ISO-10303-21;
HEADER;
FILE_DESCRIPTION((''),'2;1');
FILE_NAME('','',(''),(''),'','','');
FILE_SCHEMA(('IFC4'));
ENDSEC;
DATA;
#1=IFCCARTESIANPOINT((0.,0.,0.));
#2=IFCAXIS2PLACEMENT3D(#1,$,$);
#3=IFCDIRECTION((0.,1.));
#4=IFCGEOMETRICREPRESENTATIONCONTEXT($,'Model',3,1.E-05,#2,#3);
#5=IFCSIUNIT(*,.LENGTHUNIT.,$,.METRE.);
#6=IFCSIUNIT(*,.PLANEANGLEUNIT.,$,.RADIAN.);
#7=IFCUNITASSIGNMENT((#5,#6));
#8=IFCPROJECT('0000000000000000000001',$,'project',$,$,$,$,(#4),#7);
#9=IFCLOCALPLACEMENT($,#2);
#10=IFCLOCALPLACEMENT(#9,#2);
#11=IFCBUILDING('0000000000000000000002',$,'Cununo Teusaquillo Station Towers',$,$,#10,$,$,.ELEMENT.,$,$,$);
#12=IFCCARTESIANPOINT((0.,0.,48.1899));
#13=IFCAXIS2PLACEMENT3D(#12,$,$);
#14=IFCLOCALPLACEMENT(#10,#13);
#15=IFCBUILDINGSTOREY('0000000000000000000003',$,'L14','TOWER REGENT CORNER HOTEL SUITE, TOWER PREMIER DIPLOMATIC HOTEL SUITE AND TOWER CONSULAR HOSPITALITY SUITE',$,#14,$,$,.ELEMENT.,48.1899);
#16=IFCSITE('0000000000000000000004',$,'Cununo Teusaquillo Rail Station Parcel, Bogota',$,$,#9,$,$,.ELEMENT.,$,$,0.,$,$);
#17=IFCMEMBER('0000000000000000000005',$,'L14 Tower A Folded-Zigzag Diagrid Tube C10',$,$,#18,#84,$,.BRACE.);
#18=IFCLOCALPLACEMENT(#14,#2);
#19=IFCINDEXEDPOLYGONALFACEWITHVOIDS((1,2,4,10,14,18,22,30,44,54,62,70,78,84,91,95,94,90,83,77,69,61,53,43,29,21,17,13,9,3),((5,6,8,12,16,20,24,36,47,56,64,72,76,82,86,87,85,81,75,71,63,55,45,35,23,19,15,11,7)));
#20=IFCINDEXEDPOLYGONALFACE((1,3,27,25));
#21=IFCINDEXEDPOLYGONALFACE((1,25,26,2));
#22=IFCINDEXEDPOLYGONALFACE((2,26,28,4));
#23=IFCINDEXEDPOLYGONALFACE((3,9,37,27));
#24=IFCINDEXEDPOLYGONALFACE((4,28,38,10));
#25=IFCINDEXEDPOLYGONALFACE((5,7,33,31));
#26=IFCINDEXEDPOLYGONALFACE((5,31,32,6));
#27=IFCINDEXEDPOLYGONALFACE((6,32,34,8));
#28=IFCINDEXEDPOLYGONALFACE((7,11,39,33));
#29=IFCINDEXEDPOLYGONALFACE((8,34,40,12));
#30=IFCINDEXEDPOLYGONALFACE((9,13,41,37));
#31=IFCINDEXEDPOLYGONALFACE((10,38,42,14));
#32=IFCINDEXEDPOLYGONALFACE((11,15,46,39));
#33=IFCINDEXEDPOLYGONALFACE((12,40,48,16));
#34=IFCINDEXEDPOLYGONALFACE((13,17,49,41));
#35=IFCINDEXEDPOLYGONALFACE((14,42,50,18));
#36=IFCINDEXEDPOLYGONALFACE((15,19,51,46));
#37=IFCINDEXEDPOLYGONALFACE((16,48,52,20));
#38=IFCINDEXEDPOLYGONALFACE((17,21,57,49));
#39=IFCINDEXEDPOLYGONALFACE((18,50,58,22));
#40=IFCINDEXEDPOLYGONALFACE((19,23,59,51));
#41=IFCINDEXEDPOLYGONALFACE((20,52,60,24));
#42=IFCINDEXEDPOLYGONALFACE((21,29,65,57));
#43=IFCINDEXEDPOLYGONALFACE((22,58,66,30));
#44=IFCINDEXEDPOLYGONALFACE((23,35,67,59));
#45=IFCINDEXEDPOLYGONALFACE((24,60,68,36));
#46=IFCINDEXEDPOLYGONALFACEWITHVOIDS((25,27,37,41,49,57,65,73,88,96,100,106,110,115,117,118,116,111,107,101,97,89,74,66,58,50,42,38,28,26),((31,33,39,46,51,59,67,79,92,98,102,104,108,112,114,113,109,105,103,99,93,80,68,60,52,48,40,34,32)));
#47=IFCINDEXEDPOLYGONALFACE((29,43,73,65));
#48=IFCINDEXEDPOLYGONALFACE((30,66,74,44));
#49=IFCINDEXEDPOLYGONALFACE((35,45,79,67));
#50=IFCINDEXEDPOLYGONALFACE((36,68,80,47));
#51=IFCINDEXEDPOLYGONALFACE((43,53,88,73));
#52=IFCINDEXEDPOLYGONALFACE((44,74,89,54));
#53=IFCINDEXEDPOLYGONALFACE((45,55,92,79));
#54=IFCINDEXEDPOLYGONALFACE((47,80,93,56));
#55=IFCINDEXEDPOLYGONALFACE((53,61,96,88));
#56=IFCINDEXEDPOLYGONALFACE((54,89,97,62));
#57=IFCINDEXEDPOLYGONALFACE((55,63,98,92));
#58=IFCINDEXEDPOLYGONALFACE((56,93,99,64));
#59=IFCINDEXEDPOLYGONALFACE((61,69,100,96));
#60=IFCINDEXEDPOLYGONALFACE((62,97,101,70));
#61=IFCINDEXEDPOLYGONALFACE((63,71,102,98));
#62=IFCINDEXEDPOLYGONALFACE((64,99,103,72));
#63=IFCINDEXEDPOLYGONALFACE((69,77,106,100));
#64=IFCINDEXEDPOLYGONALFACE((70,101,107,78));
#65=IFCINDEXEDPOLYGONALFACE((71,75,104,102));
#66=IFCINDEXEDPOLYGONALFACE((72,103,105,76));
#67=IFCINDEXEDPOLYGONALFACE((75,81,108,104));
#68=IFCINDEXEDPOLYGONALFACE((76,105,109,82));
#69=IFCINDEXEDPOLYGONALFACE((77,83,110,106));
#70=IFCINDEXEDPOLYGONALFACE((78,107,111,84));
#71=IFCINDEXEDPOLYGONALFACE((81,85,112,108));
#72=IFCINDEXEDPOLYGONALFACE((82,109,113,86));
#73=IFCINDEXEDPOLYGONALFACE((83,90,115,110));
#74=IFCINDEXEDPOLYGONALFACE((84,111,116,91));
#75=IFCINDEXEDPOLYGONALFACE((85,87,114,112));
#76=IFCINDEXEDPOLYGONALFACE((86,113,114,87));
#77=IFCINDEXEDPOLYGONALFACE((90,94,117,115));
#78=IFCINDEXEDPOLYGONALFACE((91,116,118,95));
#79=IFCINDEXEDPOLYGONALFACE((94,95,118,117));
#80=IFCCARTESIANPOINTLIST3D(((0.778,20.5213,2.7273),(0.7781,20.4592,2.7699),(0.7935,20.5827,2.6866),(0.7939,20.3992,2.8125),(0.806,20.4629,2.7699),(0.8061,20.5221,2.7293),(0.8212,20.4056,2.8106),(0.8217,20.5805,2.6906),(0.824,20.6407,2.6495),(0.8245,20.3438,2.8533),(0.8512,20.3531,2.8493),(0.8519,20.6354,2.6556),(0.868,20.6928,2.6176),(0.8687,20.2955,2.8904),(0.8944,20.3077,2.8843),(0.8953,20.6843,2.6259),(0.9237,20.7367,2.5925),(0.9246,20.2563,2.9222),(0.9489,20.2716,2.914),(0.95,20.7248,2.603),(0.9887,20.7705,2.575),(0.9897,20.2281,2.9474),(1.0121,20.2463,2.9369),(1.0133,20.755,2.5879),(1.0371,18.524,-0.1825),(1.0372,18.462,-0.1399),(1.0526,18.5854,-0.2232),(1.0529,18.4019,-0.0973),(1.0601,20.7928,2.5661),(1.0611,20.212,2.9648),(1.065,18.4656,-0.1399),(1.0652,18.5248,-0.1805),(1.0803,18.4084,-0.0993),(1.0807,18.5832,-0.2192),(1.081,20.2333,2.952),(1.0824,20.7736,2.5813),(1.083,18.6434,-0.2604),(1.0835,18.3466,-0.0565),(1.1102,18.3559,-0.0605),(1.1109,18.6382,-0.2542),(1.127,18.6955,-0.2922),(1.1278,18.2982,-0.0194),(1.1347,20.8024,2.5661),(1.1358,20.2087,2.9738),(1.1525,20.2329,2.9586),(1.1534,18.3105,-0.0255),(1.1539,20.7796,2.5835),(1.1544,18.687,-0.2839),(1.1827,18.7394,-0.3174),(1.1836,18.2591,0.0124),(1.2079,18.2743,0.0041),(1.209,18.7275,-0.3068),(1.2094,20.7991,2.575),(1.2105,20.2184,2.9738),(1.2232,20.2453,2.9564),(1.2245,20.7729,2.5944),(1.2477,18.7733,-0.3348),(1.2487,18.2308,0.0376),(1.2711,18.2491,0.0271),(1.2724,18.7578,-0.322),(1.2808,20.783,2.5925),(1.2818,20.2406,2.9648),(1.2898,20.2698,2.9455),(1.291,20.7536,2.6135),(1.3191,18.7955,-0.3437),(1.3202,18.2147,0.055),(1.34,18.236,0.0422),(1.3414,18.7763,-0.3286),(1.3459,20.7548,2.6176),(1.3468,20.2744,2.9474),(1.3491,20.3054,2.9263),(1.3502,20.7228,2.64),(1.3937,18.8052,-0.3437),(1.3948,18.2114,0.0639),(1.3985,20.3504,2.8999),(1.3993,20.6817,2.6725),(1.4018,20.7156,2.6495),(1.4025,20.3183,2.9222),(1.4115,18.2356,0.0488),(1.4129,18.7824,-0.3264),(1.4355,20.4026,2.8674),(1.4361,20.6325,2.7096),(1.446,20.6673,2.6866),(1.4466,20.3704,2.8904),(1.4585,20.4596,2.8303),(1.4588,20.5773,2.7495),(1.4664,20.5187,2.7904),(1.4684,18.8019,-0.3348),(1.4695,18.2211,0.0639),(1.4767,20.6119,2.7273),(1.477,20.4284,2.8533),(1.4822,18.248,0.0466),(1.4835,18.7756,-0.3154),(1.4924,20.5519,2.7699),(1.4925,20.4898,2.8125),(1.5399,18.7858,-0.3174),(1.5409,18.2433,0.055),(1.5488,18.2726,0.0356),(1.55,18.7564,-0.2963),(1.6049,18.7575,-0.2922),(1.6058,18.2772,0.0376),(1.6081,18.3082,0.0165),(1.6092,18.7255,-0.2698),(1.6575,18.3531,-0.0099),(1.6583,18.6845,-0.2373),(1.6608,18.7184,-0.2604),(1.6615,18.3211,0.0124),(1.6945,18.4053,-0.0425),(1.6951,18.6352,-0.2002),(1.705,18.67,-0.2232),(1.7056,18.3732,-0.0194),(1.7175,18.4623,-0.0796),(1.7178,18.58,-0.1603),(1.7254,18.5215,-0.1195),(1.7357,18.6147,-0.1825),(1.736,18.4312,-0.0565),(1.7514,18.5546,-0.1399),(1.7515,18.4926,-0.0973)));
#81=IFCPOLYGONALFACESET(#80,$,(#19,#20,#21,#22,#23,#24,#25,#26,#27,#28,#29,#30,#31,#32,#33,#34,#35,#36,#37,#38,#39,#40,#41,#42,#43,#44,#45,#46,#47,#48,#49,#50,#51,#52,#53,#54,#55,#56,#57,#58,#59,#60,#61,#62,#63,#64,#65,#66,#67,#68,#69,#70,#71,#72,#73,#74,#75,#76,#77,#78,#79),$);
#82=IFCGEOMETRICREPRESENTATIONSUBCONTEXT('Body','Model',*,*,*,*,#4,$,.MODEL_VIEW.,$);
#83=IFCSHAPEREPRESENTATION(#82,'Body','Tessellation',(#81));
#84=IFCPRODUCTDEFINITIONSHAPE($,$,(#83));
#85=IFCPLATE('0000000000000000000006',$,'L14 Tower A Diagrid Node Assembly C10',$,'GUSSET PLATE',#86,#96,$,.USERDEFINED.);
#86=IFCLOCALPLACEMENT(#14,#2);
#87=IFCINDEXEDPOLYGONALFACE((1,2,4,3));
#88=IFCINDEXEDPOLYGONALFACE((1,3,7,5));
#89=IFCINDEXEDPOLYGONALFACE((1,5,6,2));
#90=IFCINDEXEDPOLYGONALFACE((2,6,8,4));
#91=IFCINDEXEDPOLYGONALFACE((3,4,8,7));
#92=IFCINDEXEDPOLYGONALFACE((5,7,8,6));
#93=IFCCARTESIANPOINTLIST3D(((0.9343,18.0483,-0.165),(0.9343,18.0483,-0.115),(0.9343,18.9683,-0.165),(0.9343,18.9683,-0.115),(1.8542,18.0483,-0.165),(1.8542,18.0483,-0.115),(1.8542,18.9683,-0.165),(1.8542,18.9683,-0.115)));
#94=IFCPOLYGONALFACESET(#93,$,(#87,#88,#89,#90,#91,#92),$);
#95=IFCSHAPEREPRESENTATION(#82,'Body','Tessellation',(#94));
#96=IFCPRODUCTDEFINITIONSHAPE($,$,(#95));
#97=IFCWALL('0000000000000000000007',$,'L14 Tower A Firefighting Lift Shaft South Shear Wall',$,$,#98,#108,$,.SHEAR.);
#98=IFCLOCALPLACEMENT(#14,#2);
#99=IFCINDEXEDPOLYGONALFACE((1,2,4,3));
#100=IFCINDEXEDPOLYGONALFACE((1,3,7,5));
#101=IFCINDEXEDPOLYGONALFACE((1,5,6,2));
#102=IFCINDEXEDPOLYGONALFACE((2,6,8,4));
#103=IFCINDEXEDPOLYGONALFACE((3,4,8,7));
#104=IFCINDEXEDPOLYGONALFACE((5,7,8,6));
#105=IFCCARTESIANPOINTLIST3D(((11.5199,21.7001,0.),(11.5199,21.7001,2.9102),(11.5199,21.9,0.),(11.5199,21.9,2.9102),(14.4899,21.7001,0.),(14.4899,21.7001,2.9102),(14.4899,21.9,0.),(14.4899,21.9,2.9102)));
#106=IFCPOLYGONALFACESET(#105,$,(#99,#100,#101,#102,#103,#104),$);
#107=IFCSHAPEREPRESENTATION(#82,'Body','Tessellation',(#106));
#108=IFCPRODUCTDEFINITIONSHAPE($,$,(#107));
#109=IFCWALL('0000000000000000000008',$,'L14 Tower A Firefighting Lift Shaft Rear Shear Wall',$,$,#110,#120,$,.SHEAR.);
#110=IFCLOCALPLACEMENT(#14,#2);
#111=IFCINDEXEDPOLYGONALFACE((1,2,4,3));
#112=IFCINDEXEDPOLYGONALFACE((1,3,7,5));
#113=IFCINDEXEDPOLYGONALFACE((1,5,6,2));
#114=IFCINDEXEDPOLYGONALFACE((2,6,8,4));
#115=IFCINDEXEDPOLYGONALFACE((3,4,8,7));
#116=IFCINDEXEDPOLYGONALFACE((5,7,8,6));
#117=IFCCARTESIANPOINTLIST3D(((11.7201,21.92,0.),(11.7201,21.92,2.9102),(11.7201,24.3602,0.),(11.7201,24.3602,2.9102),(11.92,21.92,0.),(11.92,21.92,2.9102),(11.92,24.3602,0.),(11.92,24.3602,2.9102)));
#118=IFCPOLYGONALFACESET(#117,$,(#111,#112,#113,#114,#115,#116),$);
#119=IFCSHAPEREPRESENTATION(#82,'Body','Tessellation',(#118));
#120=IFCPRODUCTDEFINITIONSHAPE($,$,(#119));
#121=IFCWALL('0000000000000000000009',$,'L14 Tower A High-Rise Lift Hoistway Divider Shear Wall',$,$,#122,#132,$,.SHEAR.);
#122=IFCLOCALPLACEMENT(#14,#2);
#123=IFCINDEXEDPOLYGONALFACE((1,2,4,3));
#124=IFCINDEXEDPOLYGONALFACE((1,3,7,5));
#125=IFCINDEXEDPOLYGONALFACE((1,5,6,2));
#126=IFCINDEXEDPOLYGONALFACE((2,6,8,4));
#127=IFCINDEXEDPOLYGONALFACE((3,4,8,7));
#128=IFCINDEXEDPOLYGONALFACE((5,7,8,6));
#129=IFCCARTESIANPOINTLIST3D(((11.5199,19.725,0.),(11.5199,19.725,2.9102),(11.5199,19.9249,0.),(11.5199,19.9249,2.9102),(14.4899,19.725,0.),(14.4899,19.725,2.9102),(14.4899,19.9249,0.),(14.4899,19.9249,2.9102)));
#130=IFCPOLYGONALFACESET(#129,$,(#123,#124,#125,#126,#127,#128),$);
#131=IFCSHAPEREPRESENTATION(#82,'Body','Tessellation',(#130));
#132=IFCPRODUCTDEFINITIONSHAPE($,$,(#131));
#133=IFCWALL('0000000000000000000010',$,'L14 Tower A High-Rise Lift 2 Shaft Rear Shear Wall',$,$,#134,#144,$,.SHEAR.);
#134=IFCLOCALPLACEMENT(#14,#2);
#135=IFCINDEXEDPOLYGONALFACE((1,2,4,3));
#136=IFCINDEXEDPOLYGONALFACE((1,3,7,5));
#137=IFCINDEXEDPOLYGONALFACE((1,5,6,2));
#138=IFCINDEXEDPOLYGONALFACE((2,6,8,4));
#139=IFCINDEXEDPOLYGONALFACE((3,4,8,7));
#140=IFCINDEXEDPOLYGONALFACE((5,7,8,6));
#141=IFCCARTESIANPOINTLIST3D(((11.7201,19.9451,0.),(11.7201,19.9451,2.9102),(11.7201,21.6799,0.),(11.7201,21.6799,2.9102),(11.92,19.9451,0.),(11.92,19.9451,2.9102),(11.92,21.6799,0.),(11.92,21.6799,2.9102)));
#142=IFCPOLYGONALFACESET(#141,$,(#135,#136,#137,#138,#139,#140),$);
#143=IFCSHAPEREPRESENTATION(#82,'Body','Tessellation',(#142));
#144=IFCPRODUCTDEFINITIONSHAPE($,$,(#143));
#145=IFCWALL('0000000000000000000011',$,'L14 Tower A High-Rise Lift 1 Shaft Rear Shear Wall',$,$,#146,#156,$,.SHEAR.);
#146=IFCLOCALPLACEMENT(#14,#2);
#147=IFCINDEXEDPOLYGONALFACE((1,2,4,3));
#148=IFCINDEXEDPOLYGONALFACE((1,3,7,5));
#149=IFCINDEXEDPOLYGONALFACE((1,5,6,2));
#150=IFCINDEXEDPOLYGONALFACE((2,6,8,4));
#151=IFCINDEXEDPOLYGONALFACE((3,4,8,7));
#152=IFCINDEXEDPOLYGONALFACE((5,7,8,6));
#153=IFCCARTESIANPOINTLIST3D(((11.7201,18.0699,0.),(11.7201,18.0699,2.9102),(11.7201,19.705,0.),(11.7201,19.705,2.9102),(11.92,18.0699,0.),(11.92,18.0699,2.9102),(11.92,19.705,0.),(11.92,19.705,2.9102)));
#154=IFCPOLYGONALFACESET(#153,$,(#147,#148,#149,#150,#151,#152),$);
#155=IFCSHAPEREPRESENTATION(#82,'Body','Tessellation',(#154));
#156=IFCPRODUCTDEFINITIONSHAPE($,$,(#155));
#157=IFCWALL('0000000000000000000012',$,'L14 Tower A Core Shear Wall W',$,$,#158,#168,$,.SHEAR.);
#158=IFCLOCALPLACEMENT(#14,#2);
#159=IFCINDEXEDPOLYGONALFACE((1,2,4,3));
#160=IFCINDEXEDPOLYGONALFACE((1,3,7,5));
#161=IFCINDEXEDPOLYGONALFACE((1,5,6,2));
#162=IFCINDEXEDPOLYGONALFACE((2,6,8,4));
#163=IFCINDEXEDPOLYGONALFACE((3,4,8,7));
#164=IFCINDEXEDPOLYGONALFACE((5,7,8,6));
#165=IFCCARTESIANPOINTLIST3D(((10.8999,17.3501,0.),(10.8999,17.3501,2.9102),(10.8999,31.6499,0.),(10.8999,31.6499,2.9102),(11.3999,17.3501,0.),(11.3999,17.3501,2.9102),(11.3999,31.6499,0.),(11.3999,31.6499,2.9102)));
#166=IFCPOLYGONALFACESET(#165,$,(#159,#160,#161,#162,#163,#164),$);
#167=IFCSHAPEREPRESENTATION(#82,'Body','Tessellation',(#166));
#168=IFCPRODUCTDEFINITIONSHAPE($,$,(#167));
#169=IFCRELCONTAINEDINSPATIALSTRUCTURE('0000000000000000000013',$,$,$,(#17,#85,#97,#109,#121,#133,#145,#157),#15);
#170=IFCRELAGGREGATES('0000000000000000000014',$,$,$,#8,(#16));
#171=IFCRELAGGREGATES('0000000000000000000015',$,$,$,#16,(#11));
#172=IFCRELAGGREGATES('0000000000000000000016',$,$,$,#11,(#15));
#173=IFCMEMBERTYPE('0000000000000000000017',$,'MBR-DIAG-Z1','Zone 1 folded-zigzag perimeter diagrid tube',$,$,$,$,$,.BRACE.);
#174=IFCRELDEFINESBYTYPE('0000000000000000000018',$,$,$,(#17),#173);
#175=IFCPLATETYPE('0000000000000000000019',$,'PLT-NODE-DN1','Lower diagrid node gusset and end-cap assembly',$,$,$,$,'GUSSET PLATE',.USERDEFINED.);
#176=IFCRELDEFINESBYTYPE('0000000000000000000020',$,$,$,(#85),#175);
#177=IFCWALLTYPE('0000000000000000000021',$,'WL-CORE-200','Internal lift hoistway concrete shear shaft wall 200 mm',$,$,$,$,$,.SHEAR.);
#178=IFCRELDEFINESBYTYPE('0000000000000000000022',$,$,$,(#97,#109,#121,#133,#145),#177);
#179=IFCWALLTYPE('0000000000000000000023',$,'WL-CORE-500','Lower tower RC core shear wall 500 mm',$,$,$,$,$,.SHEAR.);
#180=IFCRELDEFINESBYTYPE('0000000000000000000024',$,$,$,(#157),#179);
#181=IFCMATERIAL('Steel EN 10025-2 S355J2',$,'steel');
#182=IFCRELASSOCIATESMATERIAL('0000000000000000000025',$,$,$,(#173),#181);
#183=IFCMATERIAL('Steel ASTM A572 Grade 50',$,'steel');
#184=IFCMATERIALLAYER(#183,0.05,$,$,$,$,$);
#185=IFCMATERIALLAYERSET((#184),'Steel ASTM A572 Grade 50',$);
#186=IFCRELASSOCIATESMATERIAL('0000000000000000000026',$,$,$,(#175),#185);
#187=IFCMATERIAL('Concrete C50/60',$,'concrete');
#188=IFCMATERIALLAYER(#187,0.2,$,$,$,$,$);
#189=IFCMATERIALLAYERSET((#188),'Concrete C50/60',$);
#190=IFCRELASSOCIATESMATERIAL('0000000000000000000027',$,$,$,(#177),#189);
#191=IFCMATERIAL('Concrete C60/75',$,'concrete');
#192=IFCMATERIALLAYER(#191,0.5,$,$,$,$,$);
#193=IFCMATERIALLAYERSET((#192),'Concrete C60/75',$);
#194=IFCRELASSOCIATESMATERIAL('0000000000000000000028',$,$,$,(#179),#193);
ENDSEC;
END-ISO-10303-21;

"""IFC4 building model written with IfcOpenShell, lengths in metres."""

from ifc_helpers import new_model, si_unit, direction, frame, frame_2d, origin, origin_2d, place, context, subcontext, project, spatial, rectangle, hollow_circle, extrude, source, transform, mapped, material, layer, layer_set, material_profile, profile_set, type_object, element, save


model = new_model("IFC4")

# Units and contexts
model_context = context("Model", 3, precision=1e-05, world=origin(), true_north=direction((0.0, 1.0)))
body_context = subcontext(model_context, "Body", "Model", "MODEL_VIEW")
ifc_project = project(units=[si_unit("LENGTHUNIT", "METRE"), si_unit("PLANEANGLEUNIT", "RADIAN")], contexts=[model_context])

# Site, building, storey
site_placement = place(None, origin())
site = spatial("IfcSite", under=ifc_project, at=site_placement, Name="Cununo Teusaquillo Rail Station Parcel, Bogota", CompositionType="ELEMENT", RefElevation=0.0)
building_placement = place(site_placement, origin())
building = spatial("IfcBuilding", under=site, at=building_placement, Name="Cununo Teusaquillo Station Towers", CompositionType="ELEMENT")
storey_placement = place(building_placement, frame((0.0, 0.0, 48.1899)))
storey = spatial("IfcBuildingStorey", under=building, at=storey_placement, Name="L14", Description="TOWER REGENT CORNER HOTEL SUITE, TOWER PREMIER DIPLOMATIC HOTEL SUITE AND TOWER CONSULAR HOSPITALITY SUITE", CompositionType="ELEMENT", Elevation=48.1899)

# Member
ifc_material_1 = material(Name="Steel EN 10025-2 S355J2", Category="steel")
ifc_material_profile_1 = material_profile(ifc_material_1, hollow_circle(Radius=0.3601, WallThickness=0.0281, at=origin_2d()), Name="CHS 720x28")
ifc_profile_set_1 = profile_set([ifc_material_profile_1], Name="Steel EN 10025-2 S355J2")
member_type = type_object("IfcMemberType", Name="MBR-DIAG-Z1", Description="Zone 1 folded-zigzag perimeter diagrid tube", PredefinedType="BRACE", material=ifc_profile_set_1)
member_placement = place(storey_placement, frame((1.3943, 18.5083, -0.1399), z_axis=(-0.073196, 0.564385, 0.82226), x_axis=(-0.991695, -0.128614, 0.0)))
element("IfcMember", 1, at=member_placement, inside=storey, type_object=member_type, Name="L14 Tower A Folded-Zigzag Diagrid Tube C10", PredefinedType="BRACE", context=body_context, shape_type="SweptSolid", body=[
    extrude(hollow_circle(Radius=0.3601, WallThickness=0.0281, at=origin_2d()), origin(), (0.0, 0.0, 1.0), 3.5388),
])

# Plate
ifc_material_2 = material(Name="Steel ASTM A572 Grade 50", Category="steel")
ifc_layer_1 = layer(ifc_material_2, 0.05)
ifc_layer_set_1 = layer_set([ifc_layer_1], Name="Steel ASTM A572 Grade 50")
plate_type = type_object("IfcPlateType", Name="PLT-NODE-DN1", Description="Lower diagrid node gusset and end-cap assembly", ElementType="GUSSET PLATE", PredefinedType="USERDEFINED", material=ifc_layer_set_1)
shared_shape_1 = source(origin(), body_context, "Body", "SweptSolid", [
    extrude(rectangle(XDim=0.9199, YDim=0.9199, at=origin_2d()), origin(), (0.0, 0.0, 1.0), 0.05),
])
plate_placement = place(storey_placement, frame((1.3943, 18.5083, -0.165), z_axis=(0.0, 0.0, 1.0), x_axis=(1.0, 0.0, 0.0)))
element("IfcPlate", 2, at=plate_placement, inside=storey, type_object=plate_type, Name="L14 Tower A Diagrid Node Assembly C10", ObjectType="GUSSET PLATE", PredefinedType="USERDEFINED", context=body_context, shape_type="MappedRepresentation", body=[
    mapped(shared_shape_1, transform((0.0, 0.0, 0.0), x_axis=(1.0, 0.0, 0.0), y_axis=(0.0, 1.0, 0.0), z_axis=(0.0, 0.0, 1.0), scale=1.0)),
])

# Walls
ifc_material_3 = material(Name="Concrete C50/60", Category="concrete")
ifc_layer_2 = layer(ifc_material_3, 0.2)
ifc_layer_set_2 = layer_set([ifc_layer_2], Name="Concrete C50/60")
wall_type_1 = type_object("IfcWallType", Name="WL-CORE-200", Description="Internal lift hoistway concrete shear shaft wall 200 mm", PredefinedType="SHEAR", material=ifc_layer_set_2)
wall_1_placement = place(storey_placement, frame((11.52, 21.8, 0.0), z_axis=(0.0, 0.0, 1.0), x_axis=(1.0, 0.0, 0.0)))
element("IfcWall", 3, at=wall_1_placement, inside=storey, type_object=wall_type_1, Name="L14 Tower A Firefighting Lift Shaft South Shear Wall", PredefinedType="SHEAR", context=body_context, shape_type="SweptSolid", body=[
    extrude(rectangle(XDim=2.97, YDim=0.2, at=frame_2d((1.4849, 0.0))), origin(), (0.0, 0.0, 1.0), 2.9102),
])
wall_2_placement = place(storey_placement, frame((11.8201, 21.9199, 0.0), z_axis=(0.0, 0.0, 1.0), x_axis=(0.0, 1.0, 0.0)))
element("IfcWall", 4, at=wall_2_placement, inside=storey, type_object=wall_type_1, Name="L14 Tower A Firefighting Lift Shaft Rear Shear Wall", PredefinedType="SHEAR", context=body_context, shape_type="SweptSolid", body=[
    extrude(rectangle(XDim=2.4402, YDim=0.2, at=frame_2d((1.2202, 0.0))), origin(), (0.0, 0.0, 1.0), 2.9102),
])
wall_3_placement = place(storey_placement, frame((11.52, 19.825, 0.0), z_axis=(0.0, 0.0, 1.0), x_axis=(1.0, 0.0, 0.0)))
element("IfcWall", 5, at=wall_3_placement, inside=storey, type_object=wall_type_1, Name="L14 Tower A High-Rise Lift Hoistway Divider Shear Wall", PredefinedType="SHEAR", context=body_context, shape_type="SweptSolid", body=[
    extrude(rectangle(XDim=2.97, YDim=0.2, at=frame_2d((1.4849, 0.0))), origin(), (0.0, 0.0, 1.0), 2.9102),
])
wall_4_placement = place(storey_placement, frame((11.8201, 19.9451, 0.0), z_axis=(0.0, 0.0, 1.0), x_axis=(0.0, 1.0, 0.0)))
element("IfcWall", 6, at=wall_4_placement, inside=storey, type_object=wall_type_1, Name="L14 Tower A High-Rise Lift 2 Shaft Rear Shear Wall", PredefinedType="SHEAR", context=body_context, shape_type="SweptSolid", body=[
    extrude(rectangle(XDim=1.7349, YDim=0.2, at=frame_2d((0.8674, 0.0))), origin(), (0.0, 0.0, 1.0), 2.9102),
])
wall_5_placement = place(storey_placement, frame((11.8201, 18.0701, 0.0), z_axis=(0.0, 0.0, 1.0), x_axis=(0.0, 1.0, 0.0)))
element("IfcWall", 7, at=wall_5_placement, inside=storey, type_object=wall_type_1, Name="L14 Tower A High-Rise Lift 1 Shaft Rear Shear Wall", PredefinedType="SHEAR", context=body_context, shape_type="SweptSolid", body=[
    extrude(rectangle(XDim=1.635, YDim=0.2, at=frame_2d((0.8174, 0.0))), origin(), (0.0, 0.0, 1.0), 2.9102),
])
ifc_material_4 = material(Name="Concrete C60/75", Category="concrete")
ifc_layer_3 = layer(ifc_material_4, 0.5)
ifc_layer_set_3 = layer_set([ifc_layer_3], Name="Concrete C60/75")
wall_type_2 = type_object("IfcWallType", Name="WL-CORE-500", Description="Lower tower RC core shear wall 500 mm", PredefinedType="SHEAR", material=ifc_layer_set_3)
wall_6_placement = place(storey_placement, frame((11.1499, 17.3501, 0.0), z_axis=(0.0, 0.0, 1.0), x_axis=(0.0, 1.0, 0.0)))
element("IfcWall", 8, at=wall_6_placement, inside=storey, type_object=wall_type_2, Name="L14 Tower A Core Shear Wall W", PredefinedType="SHEAR", context=body_context, shape_type="SweptSolid", body=[
    extrude(rectangle(XDim=14.2998, YDim=0.5, at=frame_2d((7.1499, 0.0))), origin(), (0.0, 0.0, 1.0), 2.9102),
])

save(model, "model.ifc")
